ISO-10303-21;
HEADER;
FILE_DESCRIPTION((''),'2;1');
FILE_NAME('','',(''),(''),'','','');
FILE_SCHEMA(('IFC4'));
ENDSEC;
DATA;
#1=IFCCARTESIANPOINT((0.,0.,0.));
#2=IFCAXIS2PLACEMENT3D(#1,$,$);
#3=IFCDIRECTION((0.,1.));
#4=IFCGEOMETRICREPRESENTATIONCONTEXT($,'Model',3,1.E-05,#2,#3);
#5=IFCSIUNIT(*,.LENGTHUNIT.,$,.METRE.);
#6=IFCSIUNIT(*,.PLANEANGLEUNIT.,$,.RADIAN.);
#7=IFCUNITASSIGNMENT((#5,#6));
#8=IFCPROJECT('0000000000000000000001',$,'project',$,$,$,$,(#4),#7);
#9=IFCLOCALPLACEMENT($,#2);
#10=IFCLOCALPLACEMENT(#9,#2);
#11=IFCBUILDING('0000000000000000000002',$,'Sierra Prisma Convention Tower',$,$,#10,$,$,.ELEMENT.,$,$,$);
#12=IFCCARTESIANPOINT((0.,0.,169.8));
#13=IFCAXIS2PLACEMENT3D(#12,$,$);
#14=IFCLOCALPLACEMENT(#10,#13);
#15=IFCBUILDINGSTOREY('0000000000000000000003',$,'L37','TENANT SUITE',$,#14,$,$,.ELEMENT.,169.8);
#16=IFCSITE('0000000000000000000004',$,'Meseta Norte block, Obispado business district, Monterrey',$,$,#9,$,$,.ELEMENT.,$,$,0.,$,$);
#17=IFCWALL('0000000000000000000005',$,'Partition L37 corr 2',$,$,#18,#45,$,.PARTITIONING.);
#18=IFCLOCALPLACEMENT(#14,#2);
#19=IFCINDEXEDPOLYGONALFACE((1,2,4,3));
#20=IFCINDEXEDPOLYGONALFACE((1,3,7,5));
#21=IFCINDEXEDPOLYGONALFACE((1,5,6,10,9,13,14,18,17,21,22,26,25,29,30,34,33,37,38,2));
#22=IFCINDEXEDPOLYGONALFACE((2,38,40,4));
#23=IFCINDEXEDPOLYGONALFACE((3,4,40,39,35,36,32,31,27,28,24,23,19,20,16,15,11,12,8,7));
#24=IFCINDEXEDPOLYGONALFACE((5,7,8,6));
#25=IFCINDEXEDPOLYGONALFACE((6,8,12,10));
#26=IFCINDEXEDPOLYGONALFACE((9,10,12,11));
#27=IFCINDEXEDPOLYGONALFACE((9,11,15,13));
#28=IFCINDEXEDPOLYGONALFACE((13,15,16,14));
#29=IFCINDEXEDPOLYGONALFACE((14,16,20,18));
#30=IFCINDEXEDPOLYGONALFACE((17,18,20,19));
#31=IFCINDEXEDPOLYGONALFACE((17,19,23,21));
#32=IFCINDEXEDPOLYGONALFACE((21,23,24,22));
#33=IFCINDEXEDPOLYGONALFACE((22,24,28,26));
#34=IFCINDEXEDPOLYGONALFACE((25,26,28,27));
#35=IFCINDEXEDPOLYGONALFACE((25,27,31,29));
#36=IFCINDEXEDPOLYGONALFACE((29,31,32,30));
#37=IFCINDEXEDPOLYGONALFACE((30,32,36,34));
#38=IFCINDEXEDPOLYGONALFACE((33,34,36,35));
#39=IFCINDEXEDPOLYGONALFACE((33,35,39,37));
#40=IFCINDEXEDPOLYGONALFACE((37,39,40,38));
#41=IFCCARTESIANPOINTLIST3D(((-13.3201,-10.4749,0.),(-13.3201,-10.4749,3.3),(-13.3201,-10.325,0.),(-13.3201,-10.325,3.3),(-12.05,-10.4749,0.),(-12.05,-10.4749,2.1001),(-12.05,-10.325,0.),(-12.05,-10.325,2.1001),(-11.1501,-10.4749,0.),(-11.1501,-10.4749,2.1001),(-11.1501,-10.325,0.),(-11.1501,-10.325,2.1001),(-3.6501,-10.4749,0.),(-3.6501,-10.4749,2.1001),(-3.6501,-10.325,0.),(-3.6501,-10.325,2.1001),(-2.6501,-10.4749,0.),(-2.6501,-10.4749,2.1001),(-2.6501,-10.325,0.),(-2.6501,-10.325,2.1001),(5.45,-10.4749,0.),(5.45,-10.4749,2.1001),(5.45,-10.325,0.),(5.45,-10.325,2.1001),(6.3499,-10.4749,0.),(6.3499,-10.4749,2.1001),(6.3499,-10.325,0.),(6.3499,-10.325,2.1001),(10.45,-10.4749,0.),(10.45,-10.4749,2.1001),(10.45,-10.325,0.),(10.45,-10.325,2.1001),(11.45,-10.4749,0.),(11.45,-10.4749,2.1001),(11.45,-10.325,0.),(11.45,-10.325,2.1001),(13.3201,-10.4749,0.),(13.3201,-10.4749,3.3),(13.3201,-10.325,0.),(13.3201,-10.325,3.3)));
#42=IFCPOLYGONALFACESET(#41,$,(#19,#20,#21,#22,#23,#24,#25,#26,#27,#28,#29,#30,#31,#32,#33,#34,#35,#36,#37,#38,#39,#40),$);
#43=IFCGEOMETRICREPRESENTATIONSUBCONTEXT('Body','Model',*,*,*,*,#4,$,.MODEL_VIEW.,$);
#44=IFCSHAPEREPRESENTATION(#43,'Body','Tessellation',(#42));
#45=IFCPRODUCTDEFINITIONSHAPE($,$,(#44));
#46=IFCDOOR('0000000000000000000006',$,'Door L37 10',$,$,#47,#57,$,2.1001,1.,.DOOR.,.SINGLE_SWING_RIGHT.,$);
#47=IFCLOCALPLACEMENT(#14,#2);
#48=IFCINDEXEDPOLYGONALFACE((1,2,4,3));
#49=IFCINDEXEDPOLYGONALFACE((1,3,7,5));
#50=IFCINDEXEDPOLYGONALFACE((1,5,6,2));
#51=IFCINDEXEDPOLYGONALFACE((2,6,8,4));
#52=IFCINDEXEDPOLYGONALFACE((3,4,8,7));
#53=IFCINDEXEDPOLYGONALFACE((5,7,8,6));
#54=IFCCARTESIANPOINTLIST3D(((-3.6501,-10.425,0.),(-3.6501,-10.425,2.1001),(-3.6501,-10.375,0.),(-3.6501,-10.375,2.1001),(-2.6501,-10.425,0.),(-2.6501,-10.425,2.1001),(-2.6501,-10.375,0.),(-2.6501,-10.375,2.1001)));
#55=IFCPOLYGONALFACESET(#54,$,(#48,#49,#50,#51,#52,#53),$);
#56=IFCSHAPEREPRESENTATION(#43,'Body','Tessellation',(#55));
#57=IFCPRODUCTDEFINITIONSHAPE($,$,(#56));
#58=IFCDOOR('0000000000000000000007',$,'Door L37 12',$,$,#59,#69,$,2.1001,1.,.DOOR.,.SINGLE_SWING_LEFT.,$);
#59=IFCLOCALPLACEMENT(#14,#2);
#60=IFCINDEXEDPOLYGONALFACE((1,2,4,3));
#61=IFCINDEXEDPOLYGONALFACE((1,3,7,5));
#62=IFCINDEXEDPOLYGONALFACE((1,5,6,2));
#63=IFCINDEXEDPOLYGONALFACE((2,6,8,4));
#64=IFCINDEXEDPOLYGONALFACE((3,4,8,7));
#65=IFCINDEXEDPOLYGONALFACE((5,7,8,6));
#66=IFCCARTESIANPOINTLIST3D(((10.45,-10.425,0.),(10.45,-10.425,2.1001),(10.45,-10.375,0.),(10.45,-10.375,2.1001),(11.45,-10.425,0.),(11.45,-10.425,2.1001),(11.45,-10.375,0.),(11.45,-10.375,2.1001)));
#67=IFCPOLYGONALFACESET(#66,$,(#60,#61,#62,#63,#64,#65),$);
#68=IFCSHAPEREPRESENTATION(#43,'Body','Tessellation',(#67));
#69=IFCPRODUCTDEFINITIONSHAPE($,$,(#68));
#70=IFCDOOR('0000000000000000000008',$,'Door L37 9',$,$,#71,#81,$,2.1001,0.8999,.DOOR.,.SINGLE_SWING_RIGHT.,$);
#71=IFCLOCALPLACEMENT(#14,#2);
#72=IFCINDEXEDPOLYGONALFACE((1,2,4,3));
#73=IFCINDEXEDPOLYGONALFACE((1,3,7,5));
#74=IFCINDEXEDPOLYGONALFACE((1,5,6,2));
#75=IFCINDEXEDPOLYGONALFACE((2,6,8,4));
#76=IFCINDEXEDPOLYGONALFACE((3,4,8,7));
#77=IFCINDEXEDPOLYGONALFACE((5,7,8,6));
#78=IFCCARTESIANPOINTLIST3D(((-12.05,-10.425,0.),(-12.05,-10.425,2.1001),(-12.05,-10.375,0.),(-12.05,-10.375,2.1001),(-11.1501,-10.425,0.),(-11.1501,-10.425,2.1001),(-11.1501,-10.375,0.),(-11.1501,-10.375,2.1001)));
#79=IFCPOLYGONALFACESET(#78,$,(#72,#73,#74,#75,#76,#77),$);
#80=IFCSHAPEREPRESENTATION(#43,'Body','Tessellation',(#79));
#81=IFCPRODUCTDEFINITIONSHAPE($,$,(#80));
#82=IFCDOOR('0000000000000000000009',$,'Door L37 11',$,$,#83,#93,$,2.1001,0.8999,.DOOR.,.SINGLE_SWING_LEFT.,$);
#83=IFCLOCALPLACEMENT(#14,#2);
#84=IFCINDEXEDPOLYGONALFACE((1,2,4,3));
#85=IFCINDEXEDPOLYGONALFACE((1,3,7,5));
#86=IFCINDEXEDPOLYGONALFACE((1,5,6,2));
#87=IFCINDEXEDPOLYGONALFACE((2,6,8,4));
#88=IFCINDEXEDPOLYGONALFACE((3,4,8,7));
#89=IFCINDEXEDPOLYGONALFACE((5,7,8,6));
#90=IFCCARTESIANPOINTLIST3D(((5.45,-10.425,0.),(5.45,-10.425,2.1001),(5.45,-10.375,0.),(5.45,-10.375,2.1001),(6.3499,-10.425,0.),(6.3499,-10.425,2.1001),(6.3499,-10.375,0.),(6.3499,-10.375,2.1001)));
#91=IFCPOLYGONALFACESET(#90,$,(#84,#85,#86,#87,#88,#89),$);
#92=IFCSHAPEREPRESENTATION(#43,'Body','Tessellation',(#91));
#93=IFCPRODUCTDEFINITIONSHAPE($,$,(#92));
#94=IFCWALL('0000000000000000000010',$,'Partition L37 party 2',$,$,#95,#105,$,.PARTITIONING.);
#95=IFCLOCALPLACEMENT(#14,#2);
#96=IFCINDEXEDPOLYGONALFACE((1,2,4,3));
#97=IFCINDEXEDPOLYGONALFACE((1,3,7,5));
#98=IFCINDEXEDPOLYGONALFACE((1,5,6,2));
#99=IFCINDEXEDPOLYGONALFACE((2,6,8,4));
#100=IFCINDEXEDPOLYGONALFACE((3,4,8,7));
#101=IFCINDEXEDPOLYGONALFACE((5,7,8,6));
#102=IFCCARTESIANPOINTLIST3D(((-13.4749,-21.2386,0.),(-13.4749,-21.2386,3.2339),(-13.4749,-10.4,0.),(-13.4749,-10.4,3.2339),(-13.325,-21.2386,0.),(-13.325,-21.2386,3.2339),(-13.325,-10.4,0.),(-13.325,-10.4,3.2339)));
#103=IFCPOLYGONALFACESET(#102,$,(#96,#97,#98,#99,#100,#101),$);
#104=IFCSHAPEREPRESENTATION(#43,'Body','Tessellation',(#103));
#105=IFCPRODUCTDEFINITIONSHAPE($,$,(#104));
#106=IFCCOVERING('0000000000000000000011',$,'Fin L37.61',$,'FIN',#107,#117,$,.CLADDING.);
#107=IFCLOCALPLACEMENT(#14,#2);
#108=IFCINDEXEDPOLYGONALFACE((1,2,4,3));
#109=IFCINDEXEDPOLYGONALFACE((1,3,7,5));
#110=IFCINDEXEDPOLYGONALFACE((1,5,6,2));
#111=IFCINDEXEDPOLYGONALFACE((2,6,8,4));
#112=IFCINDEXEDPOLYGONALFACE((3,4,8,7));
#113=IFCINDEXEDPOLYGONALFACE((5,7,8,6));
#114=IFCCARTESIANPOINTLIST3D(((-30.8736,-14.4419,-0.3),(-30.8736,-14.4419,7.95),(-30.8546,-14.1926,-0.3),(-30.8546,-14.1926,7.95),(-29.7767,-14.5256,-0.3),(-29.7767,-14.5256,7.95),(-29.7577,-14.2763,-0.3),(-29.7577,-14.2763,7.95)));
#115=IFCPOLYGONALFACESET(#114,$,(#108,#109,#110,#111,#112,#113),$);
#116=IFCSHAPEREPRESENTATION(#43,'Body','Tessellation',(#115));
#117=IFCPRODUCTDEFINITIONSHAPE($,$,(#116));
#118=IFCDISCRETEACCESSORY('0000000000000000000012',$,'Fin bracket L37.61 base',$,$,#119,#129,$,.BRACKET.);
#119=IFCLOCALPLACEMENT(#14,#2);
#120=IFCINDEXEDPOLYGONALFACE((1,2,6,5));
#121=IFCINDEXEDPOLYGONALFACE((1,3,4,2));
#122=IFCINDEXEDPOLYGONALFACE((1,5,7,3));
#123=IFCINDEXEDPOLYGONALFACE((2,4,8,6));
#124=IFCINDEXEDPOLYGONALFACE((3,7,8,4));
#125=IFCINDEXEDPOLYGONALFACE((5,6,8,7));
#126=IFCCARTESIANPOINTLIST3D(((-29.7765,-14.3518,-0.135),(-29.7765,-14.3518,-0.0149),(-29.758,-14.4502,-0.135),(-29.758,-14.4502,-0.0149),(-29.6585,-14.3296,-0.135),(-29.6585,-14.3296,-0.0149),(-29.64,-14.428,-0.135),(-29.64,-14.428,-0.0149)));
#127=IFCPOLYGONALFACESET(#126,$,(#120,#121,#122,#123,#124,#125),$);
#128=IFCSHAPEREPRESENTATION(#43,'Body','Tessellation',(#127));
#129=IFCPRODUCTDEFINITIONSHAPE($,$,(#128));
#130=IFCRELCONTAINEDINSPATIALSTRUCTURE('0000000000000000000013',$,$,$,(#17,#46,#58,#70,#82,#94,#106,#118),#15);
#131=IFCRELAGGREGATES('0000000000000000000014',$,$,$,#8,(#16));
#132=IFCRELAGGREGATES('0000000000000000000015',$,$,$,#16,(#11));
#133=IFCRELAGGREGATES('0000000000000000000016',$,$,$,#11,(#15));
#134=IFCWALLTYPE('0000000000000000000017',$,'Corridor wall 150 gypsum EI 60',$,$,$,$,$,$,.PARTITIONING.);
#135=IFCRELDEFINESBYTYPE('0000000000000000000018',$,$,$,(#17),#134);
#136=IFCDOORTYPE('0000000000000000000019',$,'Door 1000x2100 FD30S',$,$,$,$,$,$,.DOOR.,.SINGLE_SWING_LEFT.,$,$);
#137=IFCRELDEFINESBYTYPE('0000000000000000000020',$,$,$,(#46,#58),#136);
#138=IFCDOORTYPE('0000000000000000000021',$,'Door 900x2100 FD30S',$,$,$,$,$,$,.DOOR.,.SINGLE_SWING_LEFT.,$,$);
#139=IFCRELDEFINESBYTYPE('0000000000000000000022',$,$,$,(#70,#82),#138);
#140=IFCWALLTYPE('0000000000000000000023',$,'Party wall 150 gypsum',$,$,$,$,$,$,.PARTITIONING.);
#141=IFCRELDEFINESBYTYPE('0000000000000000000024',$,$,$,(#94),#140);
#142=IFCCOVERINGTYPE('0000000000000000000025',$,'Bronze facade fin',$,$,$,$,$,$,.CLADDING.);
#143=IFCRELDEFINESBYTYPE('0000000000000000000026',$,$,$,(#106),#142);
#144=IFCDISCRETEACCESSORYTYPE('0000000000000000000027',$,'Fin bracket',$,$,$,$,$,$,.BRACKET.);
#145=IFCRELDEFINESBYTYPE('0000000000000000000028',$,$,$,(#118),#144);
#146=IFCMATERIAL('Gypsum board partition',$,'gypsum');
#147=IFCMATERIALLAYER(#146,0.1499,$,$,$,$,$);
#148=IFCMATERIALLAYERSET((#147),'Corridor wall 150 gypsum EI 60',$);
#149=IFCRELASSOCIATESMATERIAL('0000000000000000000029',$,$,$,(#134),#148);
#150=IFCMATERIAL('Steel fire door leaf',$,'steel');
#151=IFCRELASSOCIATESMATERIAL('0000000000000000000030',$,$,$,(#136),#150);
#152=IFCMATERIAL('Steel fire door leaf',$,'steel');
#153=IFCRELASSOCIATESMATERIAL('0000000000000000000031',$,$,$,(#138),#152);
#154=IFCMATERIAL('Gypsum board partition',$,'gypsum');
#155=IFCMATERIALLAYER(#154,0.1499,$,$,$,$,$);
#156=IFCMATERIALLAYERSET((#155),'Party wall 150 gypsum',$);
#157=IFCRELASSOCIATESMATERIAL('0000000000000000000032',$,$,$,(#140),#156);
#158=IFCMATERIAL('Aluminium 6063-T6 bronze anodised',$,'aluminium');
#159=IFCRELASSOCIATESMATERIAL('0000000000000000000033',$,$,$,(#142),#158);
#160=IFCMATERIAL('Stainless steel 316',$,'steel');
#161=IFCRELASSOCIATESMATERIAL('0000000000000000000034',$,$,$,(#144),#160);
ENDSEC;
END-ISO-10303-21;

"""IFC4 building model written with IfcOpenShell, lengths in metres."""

from ifc_helpers import new_model, si_unit, direction, frame, frame_2d, origin, origin_2d, place, context, subcontext, project, spatial, rectangle, extrude, material, layer, layer_set, material_profile, profile_set, type_object, element, fill, save


model = new_model("IFC4")

# Units and contexts
model_context = context("Model", 3, precision=1e-05, world=origin(), true_north=direction((0.0, 1.0)))
body_context = subcontext(model_context, "Body", "Model", "MODEL_VIEW")
ifc_project = project(units=[si_unit("LENGTHUNIT", "METRE"), si_unit("PLANEANGLEUNIT", "RADIAN")], contexts=[model_context])

# Site, building, storey
site_placement = place(None, origin())
site = spatial("IfcSite", under=ifc_project, at=site_placement, Name="Meseta Norte block, Obispado business district, Monterrey", CompositionType="ELEMENT", RefElevation=0.0)
building_placement = place(site_placement, origin())
building = spatial("IfcBuilding", under=site, at=building_placement, Name="Sierra Prisma Convention Tower", CompositionType="ELEMENT")
storey_placement = place(building_placement, frame((0.0, 0.0, 169.8)))
storey = spatial("IfcBuildingStorey", under=building, at=storey_placement, Name="L37", Description="TENANT SUITE", CompositionType="ELEMENT", Elevation=169.8)

# Wall, openings, doors
ifc_material_1 = material(Name="Gypsum board partition", Category="gypsum")
ifc_layer_1 = layer(ifc_material_1, 0.1499)
ifc_layer_set_1 = layer_set([ifc_layer_1], Name="Corridor wall 150 gypsum EI 60")
wall_type_1 = type_object("IfcWallType", Name="Corridor wall 150 gypsum EI 60", PredefinedType="PARTITIONING", material=ifc_layer_set_1)
wall_1_placement = place(storey_placement, frame((-13.3201, -10.3999, 0.0), z_axis=(0.0, 0.0, 1.0), x_axis=(1.0, 0.0, 0.0)))
wall_1 = element("IfcWall", 1, at=wall_1_placement, inside=storey, type_object=wall_type_1, Name="Partition L37 corr 2", PredefinedType="PARTITIONING", context=body_context, shape_type="SweptSolid", body=[
    extrude(rectangle(XDim=26.6401, YDim=0.1499, at=frame_2d((13.3201, 0.0))), origin(), (0.0, 0.0, 1.0), 3.3),
])
opening_1_placement = place(wall_1_placement, frame((1.27, 0.0, 0.0)))
opening_1 = element("IfcOpeningElement", 2, at=opening_1_placement, cuts=wall_1, PredefinedType="OPENING", context=body_context, shape_type="SweptSolid", body=[
    extrude(rectangle(XDim=0.8999, YDim=2.1001, at=frame_2d((0.45, 1.05))), frame((0.0, 0.075, 0.0), z_axis=(0.0, -1.0, 0.0), x_axis=(1.0, 0.0, 0.0)), (0.0, 0.0, 1.0), 0.1499),
])
opening_2_placement = place(wall_1_placement, frame((9.6699, 0.0, 0.0)))
opening_2 = element("IfcOpeningElement", 3, at=opening_2_placement, cuts=wall_1, PredefinedType="OPENING", context=body_context, shape_type="SweptSolid", body=[
    extrude(rectangle(XDim=1.0, YDim=2.1001, at=frame_2d((0.5, 1.05))), frame((0.0, 0.075, 0.0), z_axis=(0.0, -1.0, 0.0), x_axis=(1.0, 0.0, 0.0)), (0.0, 0.0, 1.0), 0.1499),
])
opening_3_placement = place(wall_1_placement, frame((18.77, 0.0, 0.0)))
opening_3 = element("IfcOpeningElement", 4, at=opening_3_placement, cuts=wall_1, PredefinedType="OPENING", context=body_context, shape_type="SweptSolid", body=[
    extrude(rectangle(XDim=0.8999, YDim=2.1001, at=frame_2d((0.45, 1.05))), frame((0.0, 0.075, 0.0), z_axis=(0.0, -1.0, 0.0), x_axis=(1.0, 0.0, 0.0)), (0.0, 0.0, 1.0), 0.1499),
])
opening_4_placement = place(wall_1_placement, frame((23.77, 0.0, 0.0)))
opening_4 = element("IfcOpeningElement", 5, at=opening_4_placement, cuts=wall_1, PredefinedType="OPENING", context=body_context, shape_type="SweptSolid", body=[
    extrude(rectangle(XDim=1.0, YDim=2.1001, at=frame_2d((0.5, 1.05))), frame((0.0, 0.075, 0.0), z_axis=(0.0, -1.0, 0.0), x_axis=(1.0, 0.0, 0.0)), (0.0, 0.0, 1.0), 0.1499),
])
ifc_material_2 = material(Name="Steel fire door leaf", Category="steel")
door_type_1 = type_object("IfcDoorType", Name="Door 1000x2100 FD30S", OperationType="SINGLE_SWING_LEFT", PredefinedType="DOOR", material=ifc_material_2)
door_1_placement = place(opening_2_placement, origin())
door_1 = element("IfcDoor", 6, at=door_1_placement, inside=storey, type_object=door_type_1, Name="Door L37 10", OperationType="SINGLE_SWING_RIGHT", OverallHeight=2.1001, OverallWidth=1.0, PredefinedType="DOOR", context=body_context, shape_type="SweptSolid", body=[
    extrude(rectangle(XDim=1.0, YDim=2.1001, at=frame_2d((0.5, 1.05))), frame((0.0, 0.0249, 0.0), z_axis=(0.0, -1.0, 0.0), x_axis=(1.0, 0.0, 0.0)), (0.0, 0.0, 1.0), 0.05),
])
fill(opening_2, door_1)
door_2_placement = place(opening_4_placement, origin())
door_2 = element("IfcDoor", 7, at=door_2_placement, inside=storey, type_object=door_type_1, Name="Door L37 12", OperationType="SINGLE_SWING_LEFT", OverallHeight=2.1001, OverallWidth=1.0, PredefinedType="DOOR", context=body_context, shape_type="SweptSolid", body=[
    extrude(rectangle(XDim=1.0, YDim=2.1001, at=frame_2d((0.5, 1.05))), frame((0.0, 0.0249, 0.0), z_axis=(0.0, -1.0, 0.0), x_axis=(1.0, 0.0, 0.0)), (0.0, 0.0, 1.0), 0.05),
])
fill(opening_4, door_2)
ifc_material_3 = material(Name="Steel fire door leaf", Category="steel")
door_type_2 = type_object("IfcDoorType", Name="Door 900x2100 FD30S", OperationType="SINGLE_SWING_LEFT", PredefinedType="DOOR", material=ifc_material_3)
door_3_placement = place(opening_1_placement, origin())
door_3 = element("IfcDoor", 8, at=door_3_placement, inside=storey, type_object=door_type_2, Name="Door L37 9", OperationType="SINGLE_SWING_RIGHT", OverallHeight=2.1001, OverallWidth=0.8999, PredefinedType="DOOR", context=body_context, shape_type="SweptSolid", body=[
    extrude(rectangle(XDim=0.8999, YDim=2.1001, at=frame_2d((0.45, 1.05))), frame((0.0, 0.0249, 0.0), z_axis=(0.0, -1.0, 0.0), x_axis=(1.0, 0.0, 0.0)), (0.0, 0.0, 1.0), 0.05),
])
fill(opening_1, door_3)
door_4_placement = place(opening_3_placement, origin())
door_4 = element("IfcDoor", 9, at=door_4_placement, inside=storey, type_object=door_type_2, Name="Door L37 11", OperationType="SINGLE_SWING_LEFT", OverallHeight=2.1001, OverallWidth=0.8999, PredefinedType="DOOR", context=body_context, shape_type="SweptSolid", body=[
    extrude(rectangle(XDim=0.8999, YDim=2.1001, at=frame_2d((0.45, 1.05))), frame((0.0, 0.0249, 0.0), z_axis=(0.0, -1.0, 0.0), x_axis=(1.0, 0.0, 0.0)), (0.0, 0.0, 1.0), 0.05),
])
fill(opening_3, door_4)

# Wall
ifc_material_4 = material(Name="Gypsum board partition", Category="gypsum")
ifc_layer_2 = layer(ifc_material_4, 0.1499)
ifc_layer_set_2 = layer_set([ifc_layer_2], Name="Party wall 150 gypsum")
wall_type_2 = type_object("IfcWallType", Name="Party wall 150 gypsum", PredefinedType="PARTITIONING", material=ifc_layer_set_2)
wall_2_placement = place(storey_placement, frame((-13.3999, -10.3999, 0.0), z_axis=(0.0, 0.0, 1.0), x_axis=(0.0, -1.0, 0.0)))
element("IfcWall", 10, at=wall_2_placement, inside=storey, type_object=wall_type_2, Name="Partition L37 party 2", PredefinedType="PARTITIONING", context=body_context, shape_type="SweptSolid", body=[
    extrude(rectangle(XDim=10.8386, YDim=0.1499, at=frame_2d((5.4194, 0.0))), origin(), (0.0, 0.0, 1.0), 3.2339),
])

# Covering
ifc_material_5 = material(Name="Aluminium 6063-T6 bronze anodised", Category="aluminium")
ifc_material_profile_1 = material_profile(ifc_material_5, rectangle(XDim=1.1001, YDim=0.25, at=origin_2d()), Name="ALU FIN 1100x250")
ifc_profile_set_1 = profile_set([ifc_material_profile_1], Name="Aluminium 6063-T6 bronze anodised")
covering_type = type_object("IfcCoveringType", Name="Bronze facade fin", PredefinedType="CLADDING", material=ifc_profile_set_1)
covering_placement = place(storey_placement, frame((-30.3157, -14.3591, -0.3), z_axis=(0.0, 0.0, 1.0), x_axis=(-0.997102, 0.076077, 0.0)))
element("IfcCovering", 11, at=covering_placement, inside=storey, type_object=covering_type, Name="Fin L37.61", ObjectType="FIN", PredefinedType="CLADDING", context=body_context, shape_type="SweptSolid", body=[
    extrude(rectangle(XDim=1.1001, YDim=0.25, at=origin_2d()), origin(), (0.0, 0.0, 1.0), 8.25),
])

# Discrete accessory
ifc_material_6 = material(Name="Stainless steel 316", Category="steel")
discrete_accessory_type = type_object("IfcDiscreteAccessoryType", Name="Fin bracket", PredefinedType="BRACKET", material=ifc_material_6)
discrete_accessory_placement = place(storey_placement, frame((-29.7083, -14.3899, -0.135), z_axis=(0.0, 0.0, 1.0), x_axis=(-0.982817, -0.184584, 0.0)))
element("IfcDiscreteAccessory", 12, at=discrete_accessory_placement, inside=storey, type_object=discrete_accessory_type, Name="Fin bracket L37.61 base", PredefinedType="BRACKET", context=body_context, shape_type="SweptSolid", body=[
    extrude(rectangle(XDim=0.1201, YDim=0.1001, at=origin_2d()), origin(), (0.0, 0.0, 1.0), 0.1201),
])

save(model, "model.ifc")
